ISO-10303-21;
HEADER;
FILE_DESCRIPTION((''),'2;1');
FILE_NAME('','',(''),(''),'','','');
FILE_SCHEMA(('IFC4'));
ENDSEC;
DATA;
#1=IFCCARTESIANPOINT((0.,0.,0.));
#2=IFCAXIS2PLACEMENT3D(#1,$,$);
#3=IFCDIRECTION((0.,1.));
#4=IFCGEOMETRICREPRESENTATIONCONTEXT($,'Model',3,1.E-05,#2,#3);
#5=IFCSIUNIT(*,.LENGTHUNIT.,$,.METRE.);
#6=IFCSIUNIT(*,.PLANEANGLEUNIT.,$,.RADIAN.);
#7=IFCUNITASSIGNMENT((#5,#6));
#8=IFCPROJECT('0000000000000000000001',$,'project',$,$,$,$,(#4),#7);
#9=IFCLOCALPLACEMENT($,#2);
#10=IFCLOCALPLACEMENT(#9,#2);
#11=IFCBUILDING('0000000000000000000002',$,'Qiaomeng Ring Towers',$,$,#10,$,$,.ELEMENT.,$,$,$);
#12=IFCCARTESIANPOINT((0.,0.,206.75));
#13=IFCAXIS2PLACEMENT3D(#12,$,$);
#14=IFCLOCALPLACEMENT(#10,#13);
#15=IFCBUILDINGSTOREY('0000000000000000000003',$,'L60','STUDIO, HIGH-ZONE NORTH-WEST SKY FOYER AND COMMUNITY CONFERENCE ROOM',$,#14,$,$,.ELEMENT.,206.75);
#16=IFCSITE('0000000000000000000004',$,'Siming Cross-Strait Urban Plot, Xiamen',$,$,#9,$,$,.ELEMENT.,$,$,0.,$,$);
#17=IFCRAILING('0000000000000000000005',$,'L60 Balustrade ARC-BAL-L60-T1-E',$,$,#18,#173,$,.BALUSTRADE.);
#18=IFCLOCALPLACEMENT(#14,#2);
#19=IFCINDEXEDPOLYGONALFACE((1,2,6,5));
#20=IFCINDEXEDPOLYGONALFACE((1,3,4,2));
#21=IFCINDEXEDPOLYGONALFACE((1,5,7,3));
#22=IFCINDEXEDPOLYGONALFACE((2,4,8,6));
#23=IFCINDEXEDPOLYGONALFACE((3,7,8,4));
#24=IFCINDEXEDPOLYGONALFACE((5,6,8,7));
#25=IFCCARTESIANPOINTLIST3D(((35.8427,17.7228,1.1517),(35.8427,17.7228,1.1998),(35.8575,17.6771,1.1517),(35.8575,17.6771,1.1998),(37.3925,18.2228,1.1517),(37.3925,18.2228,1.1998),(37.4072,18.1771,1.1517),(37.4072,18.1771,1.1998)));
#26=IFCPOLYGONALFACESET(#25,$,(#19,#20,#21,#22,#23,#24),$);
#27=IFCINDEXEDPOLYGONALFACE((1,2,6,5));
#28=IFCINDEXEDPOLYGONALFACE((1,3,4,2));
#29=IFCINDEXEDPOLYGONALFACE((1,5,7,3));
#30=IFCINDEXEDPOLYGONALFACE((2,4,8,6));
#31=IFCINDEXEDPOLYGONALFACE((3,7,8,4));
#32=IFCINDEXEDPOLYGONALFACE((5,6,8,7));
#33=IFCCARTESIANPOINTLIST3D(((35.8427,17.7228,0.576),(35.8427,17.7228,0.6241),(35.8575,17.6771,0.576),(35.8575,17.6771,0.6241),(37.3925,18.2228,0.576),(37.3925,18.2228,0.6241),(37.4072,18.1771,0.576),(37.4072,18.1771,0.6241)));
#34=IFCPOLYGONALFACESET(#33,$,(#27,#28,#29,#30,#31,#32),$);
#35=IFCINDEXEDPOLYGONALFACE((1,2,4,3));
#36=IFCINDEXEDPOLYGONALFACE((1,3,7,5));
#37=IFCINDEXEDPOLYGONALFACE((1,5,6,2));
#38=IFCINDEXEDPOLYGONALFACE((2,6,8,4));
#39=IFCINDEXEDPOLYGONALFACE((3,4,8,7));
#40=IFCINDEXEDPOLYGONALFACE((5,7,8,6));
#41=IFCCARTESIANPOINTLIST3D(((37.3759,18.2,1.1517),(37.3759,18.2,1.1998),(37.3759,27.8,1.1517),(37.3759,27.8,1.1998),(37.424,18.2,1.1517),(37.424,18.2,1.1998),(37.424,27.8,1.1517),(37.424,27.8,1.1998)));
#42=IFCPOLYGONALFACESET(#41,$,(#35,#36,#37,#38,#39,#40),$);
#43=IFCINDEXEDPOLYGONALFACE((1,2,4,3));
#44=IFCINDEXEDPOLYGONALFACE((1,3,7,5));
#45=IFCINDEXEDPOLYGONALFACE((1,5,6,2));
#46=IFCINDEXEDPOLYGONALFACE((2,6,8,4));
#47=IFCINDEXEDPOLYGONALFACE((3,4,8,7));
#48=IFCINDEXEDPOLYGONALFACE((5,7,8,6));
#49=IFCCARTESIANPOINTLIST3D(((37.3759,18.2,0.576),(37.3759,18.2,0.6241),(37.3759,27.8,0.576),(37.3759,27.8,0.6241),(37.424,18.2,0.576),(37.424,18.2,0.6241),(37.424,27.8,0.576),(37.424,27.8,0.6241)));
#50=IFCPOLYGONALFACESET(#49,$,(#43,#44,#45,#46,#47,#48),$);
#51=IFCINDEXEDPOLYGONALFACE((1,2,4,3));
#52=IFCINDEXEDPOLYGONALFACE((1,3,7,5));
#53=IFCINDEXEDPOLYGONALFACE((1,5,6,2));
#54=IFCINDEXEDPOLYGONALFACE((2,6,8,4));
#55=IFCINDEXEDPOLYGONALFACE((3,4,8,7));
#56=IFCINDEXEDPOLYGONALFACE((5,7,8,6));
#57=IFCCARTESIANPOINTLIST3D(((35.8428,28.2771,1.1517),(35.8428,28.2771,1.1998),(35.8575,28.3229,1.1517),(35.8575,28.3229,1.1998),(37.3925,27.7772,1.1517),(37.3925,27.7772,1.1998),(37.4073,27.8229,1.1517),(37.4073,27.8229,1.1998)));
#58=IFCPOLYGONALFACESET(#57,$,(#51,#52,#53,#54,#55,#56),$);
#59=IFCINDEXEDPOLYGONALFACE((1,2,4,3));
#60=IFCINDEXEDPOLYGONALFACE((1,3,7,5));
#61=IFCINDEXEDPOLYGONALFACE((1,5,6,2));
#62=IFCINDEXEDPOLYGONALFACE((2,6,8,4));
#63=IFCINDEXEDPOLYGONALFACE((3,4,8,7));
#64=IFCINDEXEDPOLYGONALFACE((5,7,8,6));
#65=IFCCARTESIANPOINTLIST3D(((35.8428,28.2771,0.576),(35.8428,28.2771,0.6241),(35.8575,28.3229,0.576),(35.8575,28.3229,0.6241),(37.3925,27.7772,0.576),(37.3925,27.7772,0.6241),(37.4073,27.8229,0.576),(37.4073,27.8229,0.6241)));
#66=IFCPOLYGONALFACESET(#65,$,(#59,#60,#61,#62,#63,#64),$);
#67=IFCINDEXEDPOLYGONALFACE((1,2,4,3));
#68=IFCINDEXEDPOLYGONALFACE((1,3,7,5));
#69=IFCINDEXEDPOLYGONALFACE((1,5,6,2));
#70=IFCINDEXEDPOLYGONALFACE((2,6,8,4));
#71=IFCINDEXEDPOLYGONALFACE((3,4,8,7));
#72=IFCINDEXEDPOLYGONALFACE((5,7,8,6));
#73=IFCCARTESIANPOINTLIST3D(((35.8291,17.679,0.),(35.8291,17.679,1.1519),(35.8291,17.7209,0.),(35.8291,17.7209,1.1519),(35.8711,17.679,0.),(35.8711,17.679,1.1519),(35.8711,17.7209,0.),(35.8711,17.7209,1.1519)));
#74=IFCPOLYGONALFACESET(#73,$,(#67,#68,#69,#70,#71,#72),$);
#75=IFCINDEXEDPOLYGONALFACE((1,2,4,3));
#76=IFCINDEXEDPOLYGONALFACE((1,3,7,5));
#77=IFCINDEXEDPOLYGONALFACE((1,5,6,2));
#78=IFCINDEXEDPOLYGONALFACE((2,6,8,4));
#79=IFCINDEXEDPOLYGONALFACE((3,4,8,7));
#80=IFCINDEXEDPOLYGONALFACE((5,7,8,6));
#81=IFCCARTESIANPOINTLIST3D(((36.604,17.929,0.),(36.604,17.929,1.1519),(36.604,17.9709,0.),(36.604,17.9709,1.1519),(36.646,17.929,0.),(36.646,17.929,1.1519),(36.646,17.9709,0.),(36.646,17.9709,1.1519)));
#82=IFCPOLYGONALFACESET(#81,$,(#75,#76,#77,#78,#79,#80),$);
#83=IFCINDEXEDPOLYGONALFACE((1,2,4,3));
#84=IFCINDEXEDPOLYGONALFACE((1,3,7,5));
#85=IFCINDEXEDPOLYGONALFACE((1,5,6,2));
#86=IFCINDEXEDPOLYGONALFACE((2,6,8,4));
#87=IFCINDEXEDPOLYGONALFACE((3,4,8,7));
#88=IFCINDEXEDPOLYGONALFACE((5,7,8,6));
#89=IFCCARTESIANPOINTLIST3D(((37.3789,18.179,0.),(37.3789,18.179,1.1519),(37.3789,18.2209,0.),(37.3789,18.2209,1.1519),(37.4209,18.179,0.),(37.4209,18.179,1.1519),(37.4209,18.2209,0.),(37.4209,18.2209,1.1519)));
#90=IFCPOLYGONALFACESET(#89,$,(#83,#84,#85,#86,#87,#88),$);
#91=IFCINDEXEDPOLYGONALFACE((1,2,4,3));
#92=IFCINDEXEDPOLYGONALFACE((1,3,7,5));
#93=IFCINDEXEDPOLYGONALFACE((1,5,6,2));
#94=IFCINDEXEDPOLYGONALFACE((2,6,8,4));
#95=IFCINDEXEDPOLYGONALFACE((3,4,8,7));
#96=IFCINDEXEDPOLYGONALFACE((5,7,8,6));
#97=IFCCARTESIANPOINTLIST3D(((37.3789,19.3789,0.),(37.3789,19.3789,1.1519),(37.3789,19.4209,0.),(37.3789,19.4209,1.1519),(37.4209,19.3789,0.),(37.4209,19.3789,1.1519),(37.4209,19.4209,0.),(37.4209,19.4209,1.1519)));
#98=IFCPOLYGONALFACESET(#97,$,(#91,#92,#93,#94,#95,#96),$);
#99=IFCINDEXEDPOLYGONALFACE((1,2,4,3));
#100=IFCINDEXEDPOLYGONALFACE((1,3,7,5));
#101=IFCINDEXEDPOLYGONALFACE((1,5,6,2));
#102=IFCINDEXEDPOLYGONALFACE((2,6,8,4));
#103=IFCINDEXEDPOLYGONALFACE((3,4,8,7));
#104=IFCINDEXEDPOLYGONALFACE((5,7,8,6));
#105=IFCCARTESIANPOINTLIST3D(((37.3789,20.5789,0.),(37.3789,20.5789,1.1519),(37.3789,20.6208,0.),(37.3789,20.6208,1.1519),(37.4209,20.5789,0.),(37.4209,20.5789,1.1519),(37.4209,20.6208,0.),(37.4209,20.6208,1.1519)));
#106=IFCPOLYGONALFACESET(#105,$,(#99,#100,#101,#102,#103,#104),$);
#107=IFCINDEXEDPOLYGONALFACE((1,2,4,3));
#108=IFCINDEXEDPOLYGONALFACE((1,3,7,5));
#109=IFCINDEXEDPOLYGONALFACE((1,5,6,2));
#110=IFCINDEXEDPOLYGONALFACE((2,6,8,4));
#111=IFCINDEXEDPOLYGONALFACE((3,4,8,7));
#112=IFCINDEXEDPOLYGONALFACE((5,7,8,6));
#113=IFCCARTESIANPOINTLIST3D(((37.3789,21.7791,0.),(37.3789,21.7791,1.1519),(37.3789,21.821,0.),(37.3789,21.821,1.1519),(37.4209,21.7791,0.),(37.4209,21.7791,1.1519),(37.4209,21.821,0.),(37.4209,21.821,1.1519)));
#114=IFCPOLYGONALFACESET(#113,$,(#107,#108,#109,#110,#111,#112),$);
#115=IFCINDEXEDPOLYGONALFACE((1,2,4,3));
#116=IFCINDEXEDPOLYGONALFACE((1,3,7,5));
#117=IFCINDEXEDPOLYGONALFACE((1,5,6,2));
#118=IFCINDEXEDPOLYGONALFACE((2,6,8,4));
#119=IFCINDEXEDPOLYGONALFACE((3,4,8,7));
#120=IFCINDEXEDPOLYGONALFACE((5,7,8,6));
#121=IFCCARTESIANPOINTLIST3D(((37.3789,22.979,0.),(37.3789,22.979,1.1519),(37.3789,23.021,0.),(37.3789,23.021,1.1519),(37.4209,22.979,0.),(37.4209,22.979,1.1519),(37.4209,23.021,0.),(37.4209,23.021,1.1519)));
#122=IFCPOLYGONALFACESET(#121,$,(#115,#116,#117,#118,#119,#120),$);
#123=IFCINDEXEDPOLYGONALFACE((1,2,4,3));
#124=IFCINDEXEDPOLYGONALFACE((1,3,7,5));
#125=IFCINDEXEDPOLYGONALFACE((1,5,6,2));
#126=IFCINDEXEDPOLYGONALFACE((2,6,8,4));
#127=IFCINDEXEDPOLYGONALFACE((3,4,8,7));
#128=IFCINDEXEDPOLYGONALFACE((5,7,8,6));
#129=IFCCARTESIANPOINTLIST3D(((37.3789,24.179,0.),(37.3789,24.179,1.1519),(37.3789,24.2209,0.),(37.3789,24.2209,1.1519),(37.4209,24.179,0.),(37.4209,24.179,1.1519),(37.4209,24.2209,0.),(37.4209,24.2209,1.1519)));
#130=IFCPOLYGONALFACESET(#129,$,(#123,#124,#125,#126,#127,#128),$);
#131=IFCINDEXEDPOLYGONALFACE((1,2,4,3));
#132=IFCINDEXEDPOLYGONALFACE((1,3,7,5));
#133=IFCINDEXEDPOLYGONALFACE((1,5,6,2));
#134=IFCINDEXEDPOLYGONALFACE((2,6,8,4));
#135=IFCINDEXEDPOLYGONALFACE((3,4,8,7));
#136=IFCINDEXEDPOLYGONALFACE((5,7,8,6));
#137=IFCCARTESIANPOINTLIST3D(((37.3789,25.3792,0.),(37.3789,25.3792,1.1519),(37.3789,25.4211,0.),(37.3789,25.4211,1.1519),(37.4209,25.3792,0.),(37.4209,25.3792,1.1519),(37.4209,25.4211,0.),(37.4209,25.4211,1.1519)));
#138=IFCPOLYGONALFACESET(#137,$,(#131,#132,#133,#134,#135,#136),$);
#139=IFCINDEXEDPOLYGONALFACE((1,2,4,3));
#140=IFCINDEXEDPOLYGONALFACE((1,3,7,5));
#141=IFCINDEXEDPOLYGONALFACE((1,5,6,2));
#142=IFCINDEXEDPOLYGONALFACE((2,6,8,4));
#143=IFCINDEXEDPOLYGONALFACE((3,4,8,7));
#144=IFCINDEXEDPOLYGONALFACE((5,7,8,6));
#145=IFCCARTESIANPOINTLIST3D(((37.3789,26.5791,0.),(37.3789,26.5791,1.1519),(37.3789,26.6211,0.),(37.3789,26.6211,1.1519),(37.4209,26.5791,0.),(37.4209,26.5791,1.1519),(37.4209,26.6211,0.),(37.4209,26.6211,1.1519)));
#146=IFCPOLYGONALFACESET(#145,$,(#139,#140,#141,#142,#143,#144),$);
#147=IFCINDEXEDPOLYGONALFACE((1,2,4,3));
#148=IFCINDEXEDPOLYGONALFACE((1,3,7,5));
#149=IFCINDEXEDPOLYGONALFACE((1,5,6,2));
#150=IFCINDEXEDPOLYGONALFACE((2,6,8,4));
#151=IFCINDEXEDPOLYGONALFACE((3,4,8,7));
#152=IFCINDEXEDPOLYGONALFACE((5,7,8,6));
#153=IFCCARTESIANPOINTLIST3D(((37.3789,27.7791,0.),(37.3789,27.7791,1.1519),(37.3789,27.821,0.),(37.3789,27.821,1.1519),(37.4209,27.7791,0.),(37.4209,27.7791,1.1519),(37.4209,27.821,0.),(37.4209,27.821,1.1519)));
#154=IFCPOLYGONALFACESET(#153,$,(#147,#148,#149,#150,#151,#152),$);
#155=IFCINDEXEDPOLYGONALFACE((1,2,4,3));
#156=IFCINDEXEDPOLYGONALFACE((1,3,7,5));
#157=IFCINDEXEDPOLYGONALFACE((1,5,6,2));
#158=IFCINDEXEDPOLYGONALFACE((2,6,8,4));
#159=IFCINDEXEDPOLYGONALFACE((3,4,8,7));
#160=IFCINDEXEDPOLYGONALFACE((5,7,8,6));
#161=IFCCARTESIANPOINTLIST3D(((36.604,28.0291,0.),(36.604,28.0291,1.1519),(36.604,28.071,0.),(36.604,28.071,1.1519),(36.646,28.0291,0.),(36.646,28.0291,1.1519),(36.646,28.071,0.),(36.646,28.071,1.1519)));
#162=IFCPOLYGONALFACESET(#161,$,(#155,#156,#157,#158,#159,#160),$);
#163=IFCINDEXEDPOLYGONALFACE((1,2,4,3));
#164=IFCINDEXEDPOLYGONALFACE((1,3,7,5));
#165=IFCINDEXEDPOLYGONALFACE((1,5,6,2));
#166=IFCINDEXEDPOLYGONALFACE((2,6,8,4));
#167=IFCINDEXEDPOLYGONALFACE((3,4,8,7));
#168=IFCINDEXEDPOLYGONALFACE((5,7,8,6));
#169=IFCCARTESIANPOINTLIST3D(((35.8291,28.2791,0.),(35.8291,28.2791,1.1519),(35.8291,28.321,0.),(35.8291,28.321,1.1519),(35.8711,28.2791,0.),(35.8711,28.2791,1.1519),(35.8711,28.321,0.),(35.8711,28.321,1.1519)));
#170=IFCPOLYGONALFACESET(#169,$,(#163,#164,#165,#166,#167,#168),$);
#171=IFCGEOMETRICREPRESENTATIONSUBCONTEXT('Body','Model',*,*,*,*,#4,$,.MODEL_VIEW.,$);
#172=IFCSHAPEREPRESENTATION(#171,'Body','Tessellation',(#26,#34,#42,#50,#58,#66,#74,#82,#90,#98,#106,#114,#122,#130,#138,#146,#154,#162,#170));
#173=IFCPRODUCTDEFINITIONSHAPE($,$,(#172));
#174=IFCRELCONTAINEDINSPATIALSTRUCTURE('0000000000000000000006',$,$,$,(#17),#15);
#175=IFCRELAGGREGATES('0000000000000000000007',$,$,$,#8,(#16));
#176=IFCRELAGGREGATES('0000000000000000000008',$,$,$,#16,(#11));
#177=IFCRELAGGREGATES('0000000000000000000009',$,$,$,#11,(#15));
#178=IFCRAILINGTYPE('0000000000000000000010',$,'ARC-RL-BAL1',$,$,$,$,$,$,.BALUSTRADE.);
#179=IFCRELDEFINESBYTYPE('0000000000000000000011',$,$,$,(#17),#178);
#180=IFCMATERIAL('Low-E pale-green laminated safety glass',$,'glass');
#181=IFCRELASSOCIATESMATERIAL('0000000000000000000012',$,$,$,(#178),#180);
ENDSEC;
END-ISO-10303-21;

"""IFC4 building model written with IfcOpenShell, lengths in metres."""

from ifc_helpers import new_model, si_unit, direction, frame, origin, origin_2d, place, context, subcontext, project, spatial, rectangle, extrude, material, type_object, element, save


model = new_model("IFC4")

# Units and contexts
model_context = context("Model", 3, precision=1e-05, world=origin(), true_north=direction((0.0, 1.0)))
body_context = subcontext(model_context, "Body", "Model", "MODEL_VIEW")
ifc_project = project(units=[si_unit("LENGTHUNIT", "METRE"), si_unit("PLANEANGLEUNIT", "RADIAN")], contexts=[model_context])

# Site, building, storey
site_placement = place(None, origin())
site = spatial("IfcSite", under=ifc_project, at=site_placement, Name="Siming Cross-Strait Urban Plot, Xiamen", CompositionType="ELEMENT", RefElevation=0.0)
building_placement = place(site_placement, origin())
building = spatial("IfcBuilding", under=site, at=building_placement, Name="Qiaomeng Ring Towers", CompositionType="ELEMENT")
storey_placement = place(building_placement, frame((0.0, 0.0, 206.75)))
storey = spatial("IfcBuildingStorey", under=building, at=storey_placement, Name="L60", Description="STUDIO, HIGH-ZONE NORTH-WEST SKY FOYER AND COMMUNITY CONFERENCE ROOM", CompositionType="ELEMENT", Elevation=206.75)

# Railing
ifc_material_1 = material(Name="Low-E pale-green laminated safety glass", Category="glass")
railing_type = type_object("IfcRailingType", Name="ARC-RL-BAL1", PredefinedType="BALUSTRADE", material=ifc_material_1)
railing_placement = place(storey_placement, frame((35.8501, 17.7, 0.0)))
element("IfcRailing", 1, at=railing_placement, inside=storey, type_object=railing_type, Name="L60 Balustrade ARC-BAL-L60-T1-E", PredefinedType="BALUSTRADE", context=body_context, shape_type="SweptSolid", body=[
    extrude(rectangle(XDim=0.0481, YDim=0.0481, at=origin_2d()), frame((0.0, 0.0, 1.1758), z_axis=(0.951697, 0.307038, 0.0), x_axis=(-0.307038, 0.951697, 0.0)), (0.0, 0.0, 1.0), 1.6284),
    extrude(rectangle(XDim=0.0481, YDim=0.0481, at=origin_2d()), frame((0.0, 0.0, 0.6001), z_axis=(0.951697, 0.307038, 0.0), x_axis=(-0.307038, 0.951697, 0.0)), (0.0, 0.0, 1.0), 1.6284),
    extrude(rectangle(XDim=0.0481, YDim=0.0481, at=origin_2d()), frame((1.5498, 0.5, 1.1758), z_axis=(0.0, 1.0, 0.0), x_axis=(-1.0, 0.0, 0.0)), (0.0, 0.0, 1.0), 9.6001),
    extrude(rectangle(XDim=0.0481, YDim=0.0481, at=origin_2d()), frame((1.5498, 0.5, 0.6001), z_axis=(0.0, 1.0, 0.0), x_axis=(-1.0, 0.0, 0.0)), (0.0, 0.0, 1.0), 9.6001),
    extrude(rectangle(XDim=0.0481, YDim=0.0481, at=origin_2d()), frame((1.5498, 10.1001, 1.1758), z_axis=(-0.951697, 0.307038, 0.0), x_axis=(-0.307038, -0.951697, 0.0)), (0.0, 0.0, 1.0), 1.6284),
    extrude(rectangle(XDim=0.0481, YDim=0.0481, at=origin_2d()), frame((1.5498, 10.1001, 0.6001), z_axis=(-0.951697, 0.307038, 0.0), x_axis=(-0.307038, -0.951697, 0.0)), (0.0, 0.0, 1.0), 1.6284),
    extrude(rectangle(XDim=0.042, YDim=0.042, at=origin_2d()), origin(), (0.0, 0.0, 1.0), 1.1519),
    extrude(rectangle(XDim=0.042, YDim=0.042, at=origin_2d()), frame((0.7749, 0.25, 0.0)), (0.0, 0.0, 1.0), 1.1519),
    extrude(rectangle(XDim=0.042, YDim=0.042, at=origin_2d()), frame((1.5498, 0.5, 0.0)), (0.0, 0.0, 1.0), 1.1519),
    extrude(rectangle(XDim=0.042, YDim=0.042, at=origin_2d()), frame((1.5498, 1.7, 0.0)), (0.0, 0.0, 1.0), 1.1519),
    extrude(rectangle(XDim=0.042, YDim=0.042, at=origin_2d()), frame((1.5498, 2.8999, 0.0)), (0.0, 0.0, 1.0), 1.1519),
    extrude(rectangle(XDim=0.042, YDim=0.042, at=origin_2d()), frame((1.5498, 4.1001, 0.0)), (0.0, 0.0, 1.0), 1.1519),
    extrude(rectangle(XDim=0.042, YDim=0.042, at=origin_2d()), frame((1.5498, 5.3, 0.0)), (0.0, 0.0, 1.0), 1.1519),
    extrude(rectangle(XDim=0.042, YDim=0.042, at=origin_2d()), frame((1.5498, 6.5, 0.0)), (0.0, 0.0, 1.0), 1.1519),
    extrude(rectangle(XDim=0.042, YDim=0.042, at=origin_2d()), frame((1.5498, 7.7002, 0.0)), (0.0, 0.0, 1.0), 1.1519),
    extrude(rectangle(XDim=0.042, YDim=0.042, at=origin_2d()), frame((1.5498, 8.9001, 0.0)), (0.0, 0.0, 1.0), 1.1519),
    extrude(rectangle(XDim=0.042, YDim=0.042, at=origin_2d()), frame((1.5498, 10.1001, 0.0)), (0.0, 0.0, 1.0), 1.1519),
    extrude(rectangle(XDim=0.042, YDim=0.042, at=origin_2d()), frame((0.7749, 10.3501, 0.0)), (0.0, 0.0, 1.0), 1.1519),
    extrude(rectangle(XDim=0.042, YDim=0.042, at=origin_2d()), frame((0.0, 10.6001, 0.0)), (0.0, 0.0, 1.0), 1.1519),
])

save(model, "model.ifc")
